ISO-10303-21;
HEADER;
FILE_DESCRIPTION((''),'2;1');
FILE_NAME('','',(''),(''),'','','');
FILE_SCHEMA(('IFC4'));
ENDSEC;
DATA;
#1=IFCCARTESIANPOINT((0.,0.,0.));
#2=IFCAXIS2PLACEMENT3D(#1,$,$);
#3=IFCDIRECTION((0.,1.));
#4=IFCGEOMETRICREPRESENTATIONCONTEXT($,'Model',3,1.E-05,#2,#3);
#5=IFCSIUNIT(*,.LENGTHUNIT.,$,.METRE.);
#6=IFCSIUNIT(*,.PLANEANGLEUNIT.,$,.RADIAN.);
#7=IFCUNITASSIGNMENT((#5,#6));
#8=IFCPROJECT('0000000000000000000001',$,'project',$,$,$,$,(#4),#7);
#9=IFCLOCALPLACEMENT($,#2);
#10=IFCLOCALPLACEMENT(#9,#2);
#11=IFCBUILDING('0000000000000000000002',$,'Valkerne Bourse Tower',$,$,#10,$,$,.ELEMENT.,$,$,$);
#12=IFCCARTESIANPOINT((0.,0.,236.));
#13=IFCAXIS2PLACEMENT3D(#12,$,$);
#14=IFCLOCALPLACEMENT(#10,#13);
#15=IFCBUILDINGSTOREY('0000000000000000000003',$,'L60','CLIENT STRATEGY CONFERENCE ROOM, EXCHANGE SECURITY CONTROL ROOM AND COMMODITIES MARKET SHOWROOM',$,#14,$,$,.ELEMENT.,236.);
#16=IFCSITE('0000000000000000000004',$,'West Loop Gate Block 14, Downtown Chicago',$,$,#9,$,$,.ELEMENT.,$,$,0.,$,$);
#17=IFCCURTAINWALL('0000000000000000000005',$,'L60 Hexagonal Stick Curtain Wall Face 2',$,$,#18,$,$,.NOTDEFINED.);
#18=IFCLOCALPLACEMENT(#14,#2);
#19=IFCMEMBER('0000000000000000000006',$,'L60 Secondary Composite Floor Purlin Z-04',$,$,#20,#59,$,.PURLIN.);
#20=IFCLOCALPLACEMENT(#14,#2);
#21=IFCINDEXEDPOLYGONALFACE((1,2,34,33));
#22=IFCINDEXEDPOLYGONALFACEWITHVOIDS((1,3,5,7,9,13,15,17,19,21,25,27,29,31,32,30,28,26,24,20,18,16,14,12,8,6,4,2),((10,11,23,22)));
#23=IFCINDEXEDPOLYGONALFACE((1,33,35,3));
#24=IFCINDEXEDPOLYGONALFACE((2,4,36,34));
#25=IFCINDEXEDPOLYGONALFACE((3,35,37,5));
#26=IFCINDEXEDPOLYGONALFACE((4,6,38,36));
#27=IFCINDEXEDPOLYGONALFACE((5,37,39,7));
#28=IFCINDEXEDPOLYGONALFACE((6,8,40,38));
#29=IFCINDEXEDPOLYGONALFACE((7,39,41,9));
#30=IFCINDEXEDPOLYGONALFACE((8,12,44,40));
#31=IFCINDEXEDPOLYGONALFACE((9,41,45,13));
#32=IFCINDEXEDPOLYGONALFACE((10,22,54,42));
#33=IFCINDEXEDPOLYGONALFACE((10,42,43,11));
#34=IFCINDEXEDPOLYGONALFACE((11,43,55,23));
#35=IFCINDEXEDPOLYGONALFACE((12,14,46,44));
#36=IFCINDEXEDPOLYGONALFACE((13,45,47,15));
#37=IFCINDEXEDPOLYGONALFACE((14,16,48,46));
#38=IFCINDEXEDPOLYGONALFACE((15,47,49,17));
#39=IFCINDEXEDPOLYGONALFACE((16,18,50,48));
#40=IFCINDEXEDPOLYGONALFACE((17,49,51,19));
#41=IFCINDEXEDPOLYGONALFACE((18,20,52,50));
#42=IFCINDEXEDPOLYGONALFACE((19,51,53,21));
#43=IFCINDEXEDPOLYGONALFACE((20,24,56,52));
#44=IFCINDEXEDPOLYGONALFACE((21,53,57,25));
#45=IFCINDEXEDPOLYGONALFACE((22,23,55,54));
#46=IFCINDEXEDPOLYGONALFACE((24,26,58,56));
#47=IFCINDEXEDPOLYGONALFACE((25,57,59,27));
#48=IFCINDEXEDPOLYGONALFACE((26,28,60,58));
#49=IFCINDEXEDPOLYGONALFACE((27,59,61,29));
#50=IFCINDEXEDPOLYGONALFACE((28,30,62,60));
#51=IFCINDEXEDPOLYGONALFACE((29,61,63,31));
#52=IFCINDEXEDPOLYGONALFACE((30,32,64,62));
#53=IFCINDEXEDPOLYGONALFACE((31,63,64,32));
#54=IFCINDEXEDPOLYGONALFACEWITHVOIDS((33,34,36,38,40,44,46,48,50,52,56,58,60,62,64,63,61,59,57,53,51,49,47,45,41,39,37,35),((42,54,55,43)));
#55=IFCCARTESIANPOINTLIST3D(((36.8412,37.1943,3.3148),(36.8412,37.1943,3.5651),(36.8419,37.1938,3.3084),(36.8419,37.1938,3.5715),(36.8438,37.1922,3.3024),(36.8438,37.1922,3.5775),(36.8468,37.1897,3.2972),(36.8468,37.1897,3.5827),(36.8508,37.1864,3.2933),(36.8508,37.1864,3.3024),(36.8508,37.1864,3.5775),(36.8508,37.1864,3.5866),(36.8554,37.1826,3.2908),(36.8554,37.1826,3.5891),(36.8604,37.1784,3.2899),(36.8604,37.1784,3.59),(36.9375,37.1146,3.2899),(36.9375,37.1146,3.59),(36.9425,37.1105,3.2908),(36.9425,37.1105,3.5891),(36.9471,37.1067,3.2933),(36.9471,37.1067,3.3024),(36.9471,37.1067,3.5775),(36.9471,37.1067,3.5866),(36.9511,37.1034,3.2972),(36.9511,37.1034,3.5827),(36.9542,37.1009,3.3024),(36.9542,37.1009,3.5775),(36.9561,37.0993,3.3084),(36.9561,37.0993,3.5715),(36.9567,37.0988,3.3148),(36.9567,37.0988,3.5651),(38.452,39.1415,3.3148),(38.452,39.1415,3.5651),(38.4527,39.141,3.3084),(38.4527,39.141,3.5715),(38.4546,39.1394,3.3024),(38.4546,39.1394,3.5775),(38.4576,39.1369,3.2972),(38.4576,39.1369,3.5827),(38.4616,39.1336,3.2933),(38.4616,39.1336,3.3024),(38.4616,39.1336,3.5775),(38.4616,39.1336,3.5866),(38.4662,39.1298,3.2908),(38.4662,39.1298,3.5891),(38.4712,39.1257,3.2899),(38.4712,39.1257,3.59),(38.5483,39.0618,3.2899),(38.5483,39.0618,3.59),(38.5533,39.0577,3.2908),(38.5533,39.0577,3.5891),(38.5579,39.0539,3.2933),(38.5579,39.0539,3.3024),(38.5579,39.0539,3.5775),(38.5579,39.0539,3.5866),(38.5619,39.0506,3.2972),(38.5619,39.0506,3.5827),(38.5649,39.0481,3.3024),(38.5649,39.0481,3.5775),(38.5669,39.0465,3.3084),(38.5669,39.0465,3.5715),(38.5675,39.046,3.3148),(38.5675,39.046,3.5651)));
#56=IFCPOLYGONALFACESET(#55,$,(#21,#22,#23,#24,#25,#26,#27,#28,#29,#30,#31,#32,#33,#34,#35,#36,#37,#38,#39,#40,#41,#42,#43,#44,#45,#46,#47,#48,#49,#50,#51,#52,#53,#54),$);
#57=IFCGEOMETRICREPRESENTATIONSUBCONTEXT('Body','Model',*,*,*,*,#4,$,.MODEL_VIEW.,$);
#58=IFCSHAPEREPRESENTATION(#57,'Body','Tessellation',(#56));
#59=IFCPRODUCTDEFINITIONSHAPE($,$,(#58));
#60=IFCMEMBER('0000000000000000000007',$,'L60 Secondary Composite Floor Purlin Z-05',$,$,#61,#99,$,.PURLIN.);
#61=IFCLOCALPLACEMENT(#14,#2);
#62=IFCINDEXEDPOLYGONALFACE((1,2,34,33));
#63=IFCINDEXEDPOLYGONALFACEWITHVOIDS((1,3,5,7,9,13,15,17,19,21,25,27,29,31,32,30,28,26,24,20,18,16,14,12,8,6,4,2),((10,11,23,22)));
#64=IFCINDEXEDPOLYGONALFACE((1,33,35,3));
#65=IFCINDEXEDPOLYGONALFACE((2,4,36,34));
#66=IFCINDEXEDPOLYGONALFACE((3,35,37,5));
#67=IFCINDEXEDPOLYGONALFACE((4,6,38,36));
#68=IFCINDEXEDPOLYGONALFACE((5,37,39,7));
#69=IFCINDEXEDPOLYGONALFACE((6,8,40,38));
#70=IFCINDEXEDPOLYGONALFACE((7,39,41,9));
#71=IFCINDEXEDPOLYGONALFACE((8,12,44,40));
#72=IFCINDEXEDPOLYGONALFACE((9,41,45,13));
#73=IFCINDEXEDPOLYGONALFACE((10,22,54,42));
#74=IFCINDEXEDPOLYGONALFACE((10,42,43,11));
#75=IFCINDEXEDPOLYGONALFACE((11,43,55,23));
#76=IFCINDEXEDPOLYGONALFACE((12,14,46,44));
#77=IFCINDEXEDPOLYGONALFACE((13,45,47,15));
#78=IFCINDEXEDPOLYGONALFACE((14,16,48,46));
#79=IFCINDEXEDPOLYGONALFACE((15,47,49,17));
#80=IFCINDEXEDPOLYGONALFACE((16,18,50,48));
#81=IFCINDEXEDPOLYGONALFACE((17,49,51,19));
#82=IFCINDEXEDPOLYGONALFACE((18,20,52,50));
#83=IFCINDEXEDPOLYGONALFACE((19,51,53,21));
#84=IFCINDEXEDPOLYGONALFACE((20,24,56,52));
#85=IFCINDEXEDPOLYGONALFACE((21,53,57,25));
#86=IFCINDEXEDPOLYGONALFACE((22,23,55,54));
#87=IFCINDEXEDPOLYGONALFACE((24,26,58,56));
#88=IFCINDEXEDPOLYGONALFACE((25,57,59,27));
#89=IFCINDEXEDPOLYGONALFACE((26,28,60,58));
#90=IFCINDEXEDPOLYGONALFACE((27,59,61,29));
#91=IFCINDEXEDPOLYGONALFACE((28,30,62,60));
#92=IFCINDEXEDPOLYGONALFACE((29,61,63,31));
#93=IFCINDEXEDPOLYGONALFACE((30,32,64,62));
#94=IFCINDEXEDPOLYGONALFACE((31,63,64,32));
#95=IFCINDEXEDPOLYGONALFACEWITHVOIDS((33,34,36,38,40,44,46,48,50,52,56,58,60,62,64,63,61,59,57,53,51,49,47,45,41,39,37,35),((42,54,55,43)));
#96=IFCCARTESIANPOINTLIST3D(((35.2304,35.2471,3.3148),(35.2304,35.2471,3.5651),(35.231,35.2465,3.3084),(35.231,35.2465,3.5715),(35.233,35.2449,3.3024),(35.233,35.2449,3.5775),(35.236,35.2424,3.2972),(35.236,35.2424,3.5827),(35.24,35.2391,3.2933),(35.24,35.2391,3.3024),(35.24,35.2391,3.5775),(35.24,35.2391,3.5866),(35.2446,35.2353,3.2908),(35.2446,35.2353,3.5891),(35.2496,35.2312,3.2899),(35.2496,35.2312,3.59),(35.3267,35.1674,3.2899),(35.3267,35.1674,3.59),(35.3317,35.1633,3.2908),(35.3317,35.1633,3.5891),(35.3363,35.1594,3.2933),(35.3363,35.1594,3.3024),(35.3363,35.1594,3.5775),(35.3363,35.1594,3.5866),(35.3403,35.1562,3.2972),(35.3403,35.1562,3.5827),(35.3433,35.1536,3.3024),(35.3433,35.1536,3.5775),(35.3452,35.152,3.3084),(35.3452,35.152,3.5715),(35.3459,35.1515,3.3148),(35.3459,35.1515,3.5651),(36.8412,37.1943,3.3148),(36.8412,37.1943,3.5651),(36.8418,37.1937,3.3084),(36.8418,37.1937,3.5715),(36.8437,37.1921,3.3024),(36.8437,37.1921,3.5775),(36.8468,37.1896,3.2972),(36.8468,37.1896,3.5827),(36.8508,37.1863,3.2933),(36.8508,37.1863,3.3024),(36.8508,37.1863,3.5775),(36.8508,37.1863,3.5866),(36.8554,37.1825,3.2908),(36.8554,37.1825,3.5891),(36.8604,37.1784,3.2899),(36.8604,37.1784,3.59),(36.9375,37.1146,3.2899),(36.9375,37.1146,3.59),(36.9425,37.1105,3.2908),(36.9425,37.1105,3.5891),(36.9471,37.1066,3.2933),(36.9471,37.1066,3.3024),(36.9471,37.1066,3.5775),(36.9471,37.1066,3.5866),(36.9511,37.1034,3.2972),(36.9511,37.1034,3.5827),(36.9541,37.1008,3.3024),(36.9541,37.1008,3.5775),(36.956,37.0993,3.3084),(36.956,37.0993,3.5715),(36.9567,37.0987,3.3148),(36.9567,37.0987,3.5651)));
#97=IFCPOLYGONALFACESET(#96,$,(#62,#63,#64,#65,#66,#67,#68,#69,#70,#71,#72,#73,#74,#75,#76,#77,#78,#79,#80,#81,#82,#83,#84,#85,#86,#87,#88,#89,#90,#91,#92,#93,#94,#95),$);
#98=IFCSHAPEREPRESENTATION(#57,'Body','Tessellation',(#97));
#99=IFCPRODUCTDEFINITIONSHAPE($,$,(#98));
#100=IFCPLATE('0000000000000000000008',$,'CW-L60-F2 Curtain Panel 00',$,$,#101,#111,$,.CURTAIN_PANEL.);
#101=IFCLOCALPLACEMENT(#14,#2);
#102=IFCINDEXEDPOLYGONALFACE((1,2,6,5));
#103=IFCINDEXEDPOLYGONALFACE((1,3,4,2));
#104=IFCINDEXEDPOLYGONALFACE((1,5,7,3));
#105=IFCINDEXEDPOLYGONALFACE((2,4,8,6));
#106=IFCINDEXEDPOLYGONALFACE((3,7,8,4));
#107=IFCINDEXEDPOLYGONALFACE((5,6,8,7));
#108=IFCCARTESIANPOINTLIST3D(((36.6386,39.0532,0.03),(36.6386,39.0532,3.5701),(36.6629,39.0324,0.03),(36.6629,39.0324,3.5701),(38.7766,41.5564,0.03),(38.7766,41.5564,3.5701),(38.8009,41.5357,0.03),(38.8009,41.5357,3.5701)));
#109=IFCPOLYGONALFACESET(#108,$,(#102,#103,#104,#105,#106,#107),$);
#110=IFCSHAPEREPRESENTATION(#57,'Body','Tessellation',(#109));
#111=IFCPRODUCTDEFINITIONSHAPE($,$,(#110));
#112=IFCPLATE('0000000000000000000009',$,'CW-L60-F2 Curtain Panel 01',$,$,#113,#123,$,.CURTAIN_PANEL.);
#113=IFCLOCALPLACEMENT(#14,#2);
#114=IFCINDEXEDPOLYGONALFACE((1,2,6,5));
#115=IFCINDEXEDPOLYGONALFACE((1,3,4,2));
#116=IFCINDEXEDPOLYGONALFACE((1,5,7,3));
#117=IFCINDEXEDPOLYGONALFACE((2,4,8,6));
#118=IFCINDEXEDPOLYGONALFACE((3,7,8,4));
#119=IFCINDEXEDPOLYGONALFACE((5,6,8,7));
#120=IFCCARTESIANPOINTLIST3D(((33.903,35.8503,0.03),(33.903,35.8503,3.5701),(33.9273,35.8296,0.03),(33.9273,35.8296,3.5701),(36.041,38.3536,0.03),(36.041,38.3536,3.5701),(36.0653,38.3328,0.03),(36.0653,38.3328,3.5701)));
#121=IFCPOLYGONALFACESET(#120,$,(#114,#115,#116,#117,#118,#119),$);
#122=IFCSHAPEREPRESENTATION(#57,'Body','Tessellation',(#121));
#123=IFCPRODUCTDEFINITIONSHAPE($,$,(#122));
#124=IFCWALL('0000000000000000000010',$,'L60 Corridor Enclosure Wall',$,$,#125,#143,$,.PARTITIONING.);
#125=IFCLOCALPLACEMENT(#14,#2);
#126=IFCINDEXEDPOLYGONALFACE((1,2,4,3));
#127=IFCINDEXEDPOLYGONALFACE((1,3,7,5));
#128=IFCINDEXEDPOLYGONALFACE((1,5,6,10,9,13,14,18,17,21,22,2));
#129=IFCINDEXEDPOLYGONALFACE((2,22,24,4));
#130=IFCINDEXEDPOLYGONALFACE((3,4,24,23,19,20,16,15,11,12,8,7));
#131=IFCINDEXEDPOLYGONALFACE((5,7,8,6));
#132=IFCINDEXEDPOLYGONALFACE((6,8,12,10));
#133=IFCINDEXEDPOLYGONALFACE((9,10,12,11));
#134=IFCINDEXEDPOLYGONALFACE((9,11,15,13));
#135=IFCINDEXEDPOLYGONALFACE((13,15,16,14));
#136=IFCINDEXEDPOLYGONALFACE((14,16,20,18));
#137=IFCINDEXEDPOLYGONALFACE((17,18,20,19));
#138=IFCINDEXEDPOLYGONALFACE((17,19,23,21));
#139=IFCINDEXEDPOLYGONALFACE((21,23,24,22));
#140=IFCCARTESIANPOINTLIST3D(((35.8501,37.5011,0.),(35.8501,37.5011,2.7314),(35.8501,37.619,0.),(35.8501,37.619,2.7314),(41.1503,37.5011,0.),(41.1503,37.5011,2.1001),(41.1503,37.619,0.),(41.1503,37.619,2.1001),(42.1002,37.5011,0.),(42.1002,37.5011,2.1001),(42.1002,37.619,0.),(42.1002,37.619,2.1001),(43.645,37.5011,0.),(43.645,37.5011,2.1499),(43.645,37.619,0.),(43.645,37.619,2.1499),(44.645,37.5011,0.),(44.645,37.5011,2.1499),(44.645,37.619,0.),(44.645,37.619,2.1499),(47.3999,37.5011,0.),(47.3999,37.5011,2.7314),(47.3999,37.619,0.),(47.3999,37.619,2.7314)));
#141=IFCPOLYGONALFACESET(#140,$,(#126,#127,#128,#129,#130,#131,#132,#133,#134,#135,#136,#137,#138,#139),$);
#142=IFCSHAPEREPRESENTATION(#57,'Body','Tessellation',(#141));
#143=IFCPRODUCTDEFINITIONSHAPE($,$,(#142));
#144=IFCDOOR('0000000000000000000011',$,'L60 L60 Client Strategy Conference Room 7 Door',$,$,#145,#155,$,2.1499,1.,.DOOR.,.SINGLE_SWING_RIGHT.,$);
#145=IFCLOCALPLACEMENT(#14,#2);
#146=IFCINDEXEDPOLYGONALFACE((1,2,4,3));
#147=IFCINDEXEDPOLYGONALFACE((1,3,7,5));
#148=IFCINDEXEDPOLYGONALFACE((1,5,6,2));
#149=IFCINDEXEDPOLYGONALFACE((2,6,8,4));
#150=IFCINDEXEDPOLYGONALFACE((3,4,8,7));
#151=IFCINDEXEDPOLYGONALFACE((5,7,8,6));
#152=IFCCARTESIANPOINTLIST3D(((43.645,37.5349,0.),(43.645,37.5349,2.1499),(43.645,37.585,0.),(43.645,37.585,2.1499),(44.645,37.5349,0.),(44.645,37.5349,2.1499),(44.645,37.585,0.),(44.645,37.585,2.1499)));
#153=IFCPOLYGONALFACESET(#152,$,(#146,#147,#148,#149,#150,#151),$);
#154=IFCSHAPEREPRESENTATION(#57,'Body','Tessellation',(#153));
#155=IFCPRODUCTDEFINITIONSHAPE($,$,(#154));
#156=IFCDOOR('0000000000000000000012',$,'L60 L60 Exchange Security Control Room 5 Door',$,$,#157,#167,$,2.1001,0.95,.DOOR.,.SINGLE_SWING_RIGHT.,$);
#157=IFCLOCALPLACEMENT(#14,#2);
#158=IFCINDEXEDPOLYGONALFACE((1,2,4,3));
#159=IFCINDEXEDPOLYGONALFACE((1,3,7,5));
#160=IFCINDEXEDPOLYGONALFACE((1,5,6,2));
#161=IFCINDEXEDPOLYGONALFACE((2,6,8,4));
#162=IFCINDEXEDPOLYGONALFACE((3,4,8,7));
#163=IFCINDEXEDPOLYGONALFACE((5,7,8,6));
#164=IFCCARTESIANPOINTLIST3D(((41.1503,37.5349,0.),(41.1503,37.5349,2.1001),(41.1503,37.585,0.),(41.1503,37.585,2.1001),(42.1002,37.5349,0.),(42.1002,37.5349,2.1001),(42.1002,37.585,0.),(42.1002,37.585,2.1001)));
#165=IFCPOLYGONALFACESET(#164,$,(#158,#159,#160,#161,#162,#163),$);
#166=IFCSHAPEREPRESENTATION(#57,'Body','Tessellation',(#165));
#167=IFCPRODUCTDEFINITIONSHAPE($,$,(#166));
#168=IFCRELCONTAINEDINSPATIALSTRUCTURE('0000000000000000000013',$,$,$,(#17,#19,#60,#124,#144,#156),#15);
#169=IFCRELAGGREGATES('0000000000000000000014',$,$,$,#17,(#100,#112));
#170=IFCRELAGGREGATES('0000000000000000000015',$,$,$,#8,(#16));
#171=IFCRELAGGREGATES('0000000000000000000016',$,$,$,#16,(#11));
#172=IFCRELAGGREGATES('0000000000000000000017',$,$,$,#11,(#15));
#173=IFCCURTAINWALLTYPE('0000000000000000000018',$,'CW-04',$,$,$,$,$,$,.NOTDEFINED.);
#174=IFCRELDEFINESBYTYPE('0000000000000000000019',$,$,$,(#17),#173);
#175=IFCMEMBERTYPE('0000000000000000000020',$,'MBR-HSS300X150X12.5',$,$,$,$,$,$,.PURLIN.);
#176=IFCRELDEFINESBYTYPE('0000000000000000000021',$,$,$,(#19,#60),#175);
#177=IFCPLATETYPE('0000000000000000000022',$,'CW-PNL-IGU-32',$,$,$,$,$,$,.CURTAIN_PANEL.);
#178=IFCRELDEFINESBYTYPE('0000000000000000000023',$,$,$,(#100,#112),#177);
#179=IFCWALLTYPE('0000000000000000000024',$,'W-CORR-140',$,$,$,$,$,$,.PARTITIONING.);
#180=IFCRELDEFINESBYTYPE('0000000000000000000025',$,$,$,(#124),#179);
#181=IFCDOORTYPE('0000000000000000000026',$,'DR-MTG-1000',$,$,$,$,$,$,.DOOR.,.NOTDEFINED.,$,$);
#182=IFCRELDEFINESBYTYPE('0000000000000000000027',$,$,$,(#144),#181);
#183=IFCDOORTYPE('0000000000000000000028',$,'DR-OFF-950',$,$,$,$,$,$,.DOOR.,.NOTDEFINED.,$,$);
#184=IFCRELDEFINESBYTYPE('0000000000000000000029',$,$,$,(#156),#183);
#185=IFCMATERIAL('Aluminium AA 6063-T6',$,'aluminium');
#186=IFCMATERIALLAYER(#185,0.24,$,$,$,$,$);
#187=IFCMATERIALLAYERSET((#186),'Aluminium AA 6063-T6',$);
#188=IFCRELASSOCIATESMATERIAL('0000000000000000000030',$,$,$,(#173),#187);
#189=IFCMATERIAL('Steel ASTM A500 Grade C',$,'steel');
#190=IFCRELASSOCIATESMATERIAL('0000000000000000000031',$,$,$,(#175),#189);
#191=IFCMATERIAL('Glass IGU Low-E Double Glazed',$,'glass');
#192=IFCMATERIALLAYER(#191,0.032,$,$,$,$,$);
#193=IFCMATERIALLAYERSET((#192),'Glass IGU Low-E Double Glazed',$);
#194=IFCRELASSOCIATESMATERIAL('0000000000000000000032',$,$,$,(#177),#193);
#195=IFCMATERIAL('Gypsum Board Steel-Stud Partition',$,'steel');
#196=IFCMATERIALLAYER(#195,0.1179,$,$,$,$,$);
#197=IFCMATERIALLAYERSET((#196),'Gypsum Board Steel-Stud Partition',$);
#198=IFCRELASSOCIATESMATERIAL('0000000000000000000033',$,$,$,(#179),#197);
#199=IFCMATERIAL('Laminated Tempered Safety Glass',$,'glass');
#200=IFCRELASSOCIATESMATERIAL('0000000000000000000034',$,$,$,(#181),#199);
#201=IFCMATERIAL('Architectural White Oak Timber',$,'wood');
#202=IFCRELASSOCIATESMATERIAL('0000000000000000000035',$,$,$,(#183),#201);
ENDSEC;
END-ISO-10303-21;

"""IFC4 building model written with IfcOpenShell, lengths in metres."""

from ifc_helpers import new_model, si_unit, direction, frame, frame_2d, origin, origin_2d, place, context, subcontext, project, spatial, rectangle, hollow_rectangle, extrude, material, layer, layer_set, material_profile, profile_set, type_object, element, fill, aggregate, save


model = new_model("IFC4")

# Units and contexts
model_context = context("Model", 3, precision=1e-05, world=origin(), true_north=direction((0.0, 1.0)))
body_context = subcontext(model_context, "Body", "Model", "MODEL_VIEW")
ifc_project = project(units=[si_unit("LENGTHUNIT", "METRE"), si_unit("PLANEANGLEUNIT", "RADIAN")], contexts=[model_context])

# Site, building, storey
site_placement = place(None, origin())
site = spatial("IfcSite", under=ifc_project, at=site_placement, Name="West Loop Gate Block 14, Downtown Chicago", CompositionType="ELEMENT", RefElevation=0.0)
building_placement = place(site_placement, origin())
building = spatial("IfcBuilding", under=site, at=building_placement, Name="Valkerne Bourse Tower", CompositionType="ELEMENT")
storey_placement = place(building_placement, frame((0.0, 0.0, 236.0)))
storey = spatial("IfcBuildingStorey", under=building, at=storey_placement, Name="L60", Description="CLIENT STRATEGY CONFERENCE ROOM, EXCHANGE SECURITY CONTROL ROOM AND COMMODITIES MARKET SHOWROOM", CompositionType="ELEMENT", Elevation=236.0)

# Curtain wall
ifc_material_1 = material(Name="Aluminium AA 6063-T6", Category="aluminium")
ifc_layer_1 = layer(ifc_material_1, 0.24)
ifc_layer_set_1 = layer_set([ifc_layer_1], Name="Aluminium AA 6063-T6")
curtain_wall_type = type_object("IfcCurtainWallType", Name="CW-04", PredefinedType="NOTDEFINED", material=ifc_layer_set_1)
curtain_wall_placement = place(storey_placement, origin())
curtain_wall = element("IfcCurtainWall", 1, at=curtain_wall_placement, inside=storey, type_object=curtain_wall_type, Name="L60 Hexagonal Stick Curtain Wall Face 2", PredefinedType="NOTDEFINED")

# Members
ifc_material_2 = material(Name="Steel ASTM A500 Grade C", Category="steel")
ifc_material_profile_1 = material_profile(ifc_material_2, hollow_rectangle(XDim=0.1499, YDim=0.3, WallThickness=0.0125, OuterFilletRadius=0.0249, at=origin_2d()), Name="HSS300X150X12.5")
ifc_profile_set_1 = profile_set([ifc_material_profile_1], Name="Steel ASTM A500 Grade C")
member_type_1 = type_object("IfcMemberType", Name="MBR-HSS300X150X12.5", PredefinedType="PURLIN", material=ifc_profile_set_1)
for number, where, z_axis, x_axis, name in (
    (2, (38.5098, 39.0938, 3.4399), (-0.637406, -0.770528, 0.0), (0.770528, -0.637406, 0.0), "L60 Secondary Composite Floor Purlin Z-04"),
    (3, (36.8989, 37.1465, 3.4399), (-0.637406, -0.770528, 0.0), (0.770528, -0.637406, 0.0), "L60 Secondary Composite Floor Purlin Z-05"),
):
    element("IfcMember", number, at=place(storey_placement, frame(where, z_axis=z_axis, x_axis=x_axis)), inside=storey, type_object=member_type_1, Name=name, PredefinedType="PURLIN", context=body_context, shape_type="SweptSolid", body=[
        extrude(hollow_rectangle(XDim=0.1499, YDim=0.3, WallThickness=0.0125, OuterFilletRadius=0.0249, at=origin_2d()), origin(), (0.0, 0.0, 1.0), 2.5271),
    ])

# Plates
ifc_material_3 = material(Name="Glass IGU Low-E Double Glazed", Category="glass")
ifc_layer_2 = layer(ifc_material_3, 0.032)
ifc_layer_set_2 = layer_set([ifc_layer_2], Name="Glass IGU Low-E Double Glazed")
plate_type = type_object("IfcPlateType", Name="CW-PNL-IGU-32", PredefinedType="CURTAIN_PANEL", material=ifc_layer_set_2)
plate_1_placement = place(storey_placement, frame((37.7197, 40.2944, 0.03), z_axis=(0.0, 0.0, 1.0), x_axis=(-0.649455, -0.7604, 0.0)))
plate_1 = element("IfcPlate", 4, at=plate_1_placement, type_object=plate_type, Name="CW-L60-F2 Curtain Panel 00", PredefinedType="CURTAIN_PANEL", context=body_context, shape_type="SweptSolid", body=[
    extrude(rectangle(XDim=3.292, YDim=0.032, at=origin_2d()), origin(), (0.0, 0.0, 1.0), 3.54),
])
plate_2_placement = place(storey_placement, frame((34.9841, 37.0916, 0.03), z_axis=(0.0, 0.0, 1.0), x_axis=(-0.649455, -0.7604, 0.0)))
plate_2 = element("IfcPlate", 5, at=plate_2_placement, type_object=plate_type, Name="CW-L60-F2 Curtain Panel 01", PredefinedType="CURTAIN_PANEL", context=body_context, shape_type="SweptSolid", body=[
    extrude(rectangle(XDim=3.292, YDim=0.032, at=origin_2d()), origin(), (0.0, 0.0, 1.0), 3.54),
])
aggregate(curtain_wall, [plate_1, plate_2])

# Wall, openings, doors
ifc_material_4 = material(Name="Gypsum Board Steel-Stud Partition", Category="steel")
ifc_layer_3 = layer(ifc_material_4, 0.1179)
ifc_layer_set_3 = layer_set([ifc_layer_3], Name="Gypsum Board Steel-Stud Partition")
wall_type = type_object("IfcWallType", Name="W-CORR-140", PredefinedType="PARTITIONING", material=ifc_layer_set_3)
wall_placement = place(storey_placement, frame((35.8501, 37.5601, 0.0), z_axis=(0.0, 0.0, 1.0), x_axis=(1.0, 0.0, 0.0)))
wall = element("IfcWall", 6, at=wall_placement, inside=storey, type_object=wall_type, Name="L60 Corridor Enclosure Wall", PredefinedType="PARTITIONING", context=body_context, shape_type="SweptSolid", body=[
    extrude(rectangle(XDim=11.5498, YDim=0.1179, at=frame_2d((5.7749, 0.0))), origin(), (0.0, 0.0, 1.0), 2.7314),
])
opening_1_placement = place(wall_placement, frame((5.3, 0.0, 0.0)))
opening_1 = element("IfcOpeningElement", 7, at=opening_1_placement, cuts=wall, PredefinedType="OPENING", context=body_context, shape_type="SweptSolid", body=[
    extrude(rectangle(XDim=0.95, YDim=2.1001, at=frame_2d((0.4751, 1.05))), frame((0.0, 0.0688, 0.0), z_axis=(0.0, -1.0, 0.0), x_axis=(1.0, 0.0, 0.0)), (0.0, 0.0, 1.0), 0.1379),
])
opening_2_placement = place(wall_placement, frame((7.7949, 0.0, 0.0)))
opening_2 = element("IfcOpeningElement", 8, at=opening_2_placement, cuts=wall, PredefinedType="OPENING", context=body_context, shape_type="SweptSolid", body=[
    extrude(rectangle(XDim=1.0, YDim=2.1499, at=frame_2d((0.5, 1.075))), frame((0.0, 0.0688, 0.0), z_axis=(0.0, -1.0, 0.0), x_axis=(1.0, 0.0, 0.0)), (0.0, 0.0, 1.0), 0.1379),
])
ifc_material_5 = material(Name="Laminated Tempered Safety Glass", Category="glass")
door_type_1 = type_object("IfcDoorType", Name="DR-MTG-1000", OperationType="NOTDEFINED", PredefinedType="DOOR", material=ifc_material_5)
door_1_placement = place(opening_2_placement, origin())
door_1 = element("IfcDoor", 9, at=door_1_placement, inside=storey, type_object=door_type_1, Name="L60 L60 Client Strategy Conference Room 7 Door", OperationType="SINGLE_SWING_RIGHT", OverallHeight=2.1499, OverallWidth=1.0, PredefinedType="DOOR", context=body_context, shape_type="SweptSolid", body=[
    extrude(rectangle(XDim=1.0, YDim=2.1499, at=frame_2d((0.5, 1.075))), frame((0.0, 0.0249, 0.0), z_axis=(0.0, -1.0, 0.0), x_axis=(1.0, 0.0, 0.0)), (0.0, 0.0, 1.0), 0.05),
])
fill(opening_2, door_1)
ifc_material_6 = material(Name="Architectural White Oak Timber", Category="wood")
door_type_2 = type_object("IfcDoorType", Name="DR-OFF-950", OperationType="NOTDEFINED", PredefinedType="DOOR", material=ifc_material_6)
door_2_placement = place(opening_1_placement, origin())
door_2 = element("IfcDoor", 10, at=door_2_placement, inside=storey, type_object=door_type_2, Name="L60 L60 Exchange Security Control Room 5 Door", OperationType="SINGLE_SWING_RIGHT", OverallHeight=2.1001, OverallWidth=0.95, PredefinedType="DOOR", context=body_context, shape_type="SweptSolid", body=[
    extrude(rectangle(XDim=0.95, YDim=2.1001, at=frame_2d((0.4751, 1.05))), frame((0.0, 0.0249, 0.0), z_axis=(0.0, -1.0, 0.0), x_axis=(1.0, 0.0, 0.0)), (0.0, 0.0, 1.0), 0.05),
])
fill(opening_1, door_2)

save(model, "model.ifc")
